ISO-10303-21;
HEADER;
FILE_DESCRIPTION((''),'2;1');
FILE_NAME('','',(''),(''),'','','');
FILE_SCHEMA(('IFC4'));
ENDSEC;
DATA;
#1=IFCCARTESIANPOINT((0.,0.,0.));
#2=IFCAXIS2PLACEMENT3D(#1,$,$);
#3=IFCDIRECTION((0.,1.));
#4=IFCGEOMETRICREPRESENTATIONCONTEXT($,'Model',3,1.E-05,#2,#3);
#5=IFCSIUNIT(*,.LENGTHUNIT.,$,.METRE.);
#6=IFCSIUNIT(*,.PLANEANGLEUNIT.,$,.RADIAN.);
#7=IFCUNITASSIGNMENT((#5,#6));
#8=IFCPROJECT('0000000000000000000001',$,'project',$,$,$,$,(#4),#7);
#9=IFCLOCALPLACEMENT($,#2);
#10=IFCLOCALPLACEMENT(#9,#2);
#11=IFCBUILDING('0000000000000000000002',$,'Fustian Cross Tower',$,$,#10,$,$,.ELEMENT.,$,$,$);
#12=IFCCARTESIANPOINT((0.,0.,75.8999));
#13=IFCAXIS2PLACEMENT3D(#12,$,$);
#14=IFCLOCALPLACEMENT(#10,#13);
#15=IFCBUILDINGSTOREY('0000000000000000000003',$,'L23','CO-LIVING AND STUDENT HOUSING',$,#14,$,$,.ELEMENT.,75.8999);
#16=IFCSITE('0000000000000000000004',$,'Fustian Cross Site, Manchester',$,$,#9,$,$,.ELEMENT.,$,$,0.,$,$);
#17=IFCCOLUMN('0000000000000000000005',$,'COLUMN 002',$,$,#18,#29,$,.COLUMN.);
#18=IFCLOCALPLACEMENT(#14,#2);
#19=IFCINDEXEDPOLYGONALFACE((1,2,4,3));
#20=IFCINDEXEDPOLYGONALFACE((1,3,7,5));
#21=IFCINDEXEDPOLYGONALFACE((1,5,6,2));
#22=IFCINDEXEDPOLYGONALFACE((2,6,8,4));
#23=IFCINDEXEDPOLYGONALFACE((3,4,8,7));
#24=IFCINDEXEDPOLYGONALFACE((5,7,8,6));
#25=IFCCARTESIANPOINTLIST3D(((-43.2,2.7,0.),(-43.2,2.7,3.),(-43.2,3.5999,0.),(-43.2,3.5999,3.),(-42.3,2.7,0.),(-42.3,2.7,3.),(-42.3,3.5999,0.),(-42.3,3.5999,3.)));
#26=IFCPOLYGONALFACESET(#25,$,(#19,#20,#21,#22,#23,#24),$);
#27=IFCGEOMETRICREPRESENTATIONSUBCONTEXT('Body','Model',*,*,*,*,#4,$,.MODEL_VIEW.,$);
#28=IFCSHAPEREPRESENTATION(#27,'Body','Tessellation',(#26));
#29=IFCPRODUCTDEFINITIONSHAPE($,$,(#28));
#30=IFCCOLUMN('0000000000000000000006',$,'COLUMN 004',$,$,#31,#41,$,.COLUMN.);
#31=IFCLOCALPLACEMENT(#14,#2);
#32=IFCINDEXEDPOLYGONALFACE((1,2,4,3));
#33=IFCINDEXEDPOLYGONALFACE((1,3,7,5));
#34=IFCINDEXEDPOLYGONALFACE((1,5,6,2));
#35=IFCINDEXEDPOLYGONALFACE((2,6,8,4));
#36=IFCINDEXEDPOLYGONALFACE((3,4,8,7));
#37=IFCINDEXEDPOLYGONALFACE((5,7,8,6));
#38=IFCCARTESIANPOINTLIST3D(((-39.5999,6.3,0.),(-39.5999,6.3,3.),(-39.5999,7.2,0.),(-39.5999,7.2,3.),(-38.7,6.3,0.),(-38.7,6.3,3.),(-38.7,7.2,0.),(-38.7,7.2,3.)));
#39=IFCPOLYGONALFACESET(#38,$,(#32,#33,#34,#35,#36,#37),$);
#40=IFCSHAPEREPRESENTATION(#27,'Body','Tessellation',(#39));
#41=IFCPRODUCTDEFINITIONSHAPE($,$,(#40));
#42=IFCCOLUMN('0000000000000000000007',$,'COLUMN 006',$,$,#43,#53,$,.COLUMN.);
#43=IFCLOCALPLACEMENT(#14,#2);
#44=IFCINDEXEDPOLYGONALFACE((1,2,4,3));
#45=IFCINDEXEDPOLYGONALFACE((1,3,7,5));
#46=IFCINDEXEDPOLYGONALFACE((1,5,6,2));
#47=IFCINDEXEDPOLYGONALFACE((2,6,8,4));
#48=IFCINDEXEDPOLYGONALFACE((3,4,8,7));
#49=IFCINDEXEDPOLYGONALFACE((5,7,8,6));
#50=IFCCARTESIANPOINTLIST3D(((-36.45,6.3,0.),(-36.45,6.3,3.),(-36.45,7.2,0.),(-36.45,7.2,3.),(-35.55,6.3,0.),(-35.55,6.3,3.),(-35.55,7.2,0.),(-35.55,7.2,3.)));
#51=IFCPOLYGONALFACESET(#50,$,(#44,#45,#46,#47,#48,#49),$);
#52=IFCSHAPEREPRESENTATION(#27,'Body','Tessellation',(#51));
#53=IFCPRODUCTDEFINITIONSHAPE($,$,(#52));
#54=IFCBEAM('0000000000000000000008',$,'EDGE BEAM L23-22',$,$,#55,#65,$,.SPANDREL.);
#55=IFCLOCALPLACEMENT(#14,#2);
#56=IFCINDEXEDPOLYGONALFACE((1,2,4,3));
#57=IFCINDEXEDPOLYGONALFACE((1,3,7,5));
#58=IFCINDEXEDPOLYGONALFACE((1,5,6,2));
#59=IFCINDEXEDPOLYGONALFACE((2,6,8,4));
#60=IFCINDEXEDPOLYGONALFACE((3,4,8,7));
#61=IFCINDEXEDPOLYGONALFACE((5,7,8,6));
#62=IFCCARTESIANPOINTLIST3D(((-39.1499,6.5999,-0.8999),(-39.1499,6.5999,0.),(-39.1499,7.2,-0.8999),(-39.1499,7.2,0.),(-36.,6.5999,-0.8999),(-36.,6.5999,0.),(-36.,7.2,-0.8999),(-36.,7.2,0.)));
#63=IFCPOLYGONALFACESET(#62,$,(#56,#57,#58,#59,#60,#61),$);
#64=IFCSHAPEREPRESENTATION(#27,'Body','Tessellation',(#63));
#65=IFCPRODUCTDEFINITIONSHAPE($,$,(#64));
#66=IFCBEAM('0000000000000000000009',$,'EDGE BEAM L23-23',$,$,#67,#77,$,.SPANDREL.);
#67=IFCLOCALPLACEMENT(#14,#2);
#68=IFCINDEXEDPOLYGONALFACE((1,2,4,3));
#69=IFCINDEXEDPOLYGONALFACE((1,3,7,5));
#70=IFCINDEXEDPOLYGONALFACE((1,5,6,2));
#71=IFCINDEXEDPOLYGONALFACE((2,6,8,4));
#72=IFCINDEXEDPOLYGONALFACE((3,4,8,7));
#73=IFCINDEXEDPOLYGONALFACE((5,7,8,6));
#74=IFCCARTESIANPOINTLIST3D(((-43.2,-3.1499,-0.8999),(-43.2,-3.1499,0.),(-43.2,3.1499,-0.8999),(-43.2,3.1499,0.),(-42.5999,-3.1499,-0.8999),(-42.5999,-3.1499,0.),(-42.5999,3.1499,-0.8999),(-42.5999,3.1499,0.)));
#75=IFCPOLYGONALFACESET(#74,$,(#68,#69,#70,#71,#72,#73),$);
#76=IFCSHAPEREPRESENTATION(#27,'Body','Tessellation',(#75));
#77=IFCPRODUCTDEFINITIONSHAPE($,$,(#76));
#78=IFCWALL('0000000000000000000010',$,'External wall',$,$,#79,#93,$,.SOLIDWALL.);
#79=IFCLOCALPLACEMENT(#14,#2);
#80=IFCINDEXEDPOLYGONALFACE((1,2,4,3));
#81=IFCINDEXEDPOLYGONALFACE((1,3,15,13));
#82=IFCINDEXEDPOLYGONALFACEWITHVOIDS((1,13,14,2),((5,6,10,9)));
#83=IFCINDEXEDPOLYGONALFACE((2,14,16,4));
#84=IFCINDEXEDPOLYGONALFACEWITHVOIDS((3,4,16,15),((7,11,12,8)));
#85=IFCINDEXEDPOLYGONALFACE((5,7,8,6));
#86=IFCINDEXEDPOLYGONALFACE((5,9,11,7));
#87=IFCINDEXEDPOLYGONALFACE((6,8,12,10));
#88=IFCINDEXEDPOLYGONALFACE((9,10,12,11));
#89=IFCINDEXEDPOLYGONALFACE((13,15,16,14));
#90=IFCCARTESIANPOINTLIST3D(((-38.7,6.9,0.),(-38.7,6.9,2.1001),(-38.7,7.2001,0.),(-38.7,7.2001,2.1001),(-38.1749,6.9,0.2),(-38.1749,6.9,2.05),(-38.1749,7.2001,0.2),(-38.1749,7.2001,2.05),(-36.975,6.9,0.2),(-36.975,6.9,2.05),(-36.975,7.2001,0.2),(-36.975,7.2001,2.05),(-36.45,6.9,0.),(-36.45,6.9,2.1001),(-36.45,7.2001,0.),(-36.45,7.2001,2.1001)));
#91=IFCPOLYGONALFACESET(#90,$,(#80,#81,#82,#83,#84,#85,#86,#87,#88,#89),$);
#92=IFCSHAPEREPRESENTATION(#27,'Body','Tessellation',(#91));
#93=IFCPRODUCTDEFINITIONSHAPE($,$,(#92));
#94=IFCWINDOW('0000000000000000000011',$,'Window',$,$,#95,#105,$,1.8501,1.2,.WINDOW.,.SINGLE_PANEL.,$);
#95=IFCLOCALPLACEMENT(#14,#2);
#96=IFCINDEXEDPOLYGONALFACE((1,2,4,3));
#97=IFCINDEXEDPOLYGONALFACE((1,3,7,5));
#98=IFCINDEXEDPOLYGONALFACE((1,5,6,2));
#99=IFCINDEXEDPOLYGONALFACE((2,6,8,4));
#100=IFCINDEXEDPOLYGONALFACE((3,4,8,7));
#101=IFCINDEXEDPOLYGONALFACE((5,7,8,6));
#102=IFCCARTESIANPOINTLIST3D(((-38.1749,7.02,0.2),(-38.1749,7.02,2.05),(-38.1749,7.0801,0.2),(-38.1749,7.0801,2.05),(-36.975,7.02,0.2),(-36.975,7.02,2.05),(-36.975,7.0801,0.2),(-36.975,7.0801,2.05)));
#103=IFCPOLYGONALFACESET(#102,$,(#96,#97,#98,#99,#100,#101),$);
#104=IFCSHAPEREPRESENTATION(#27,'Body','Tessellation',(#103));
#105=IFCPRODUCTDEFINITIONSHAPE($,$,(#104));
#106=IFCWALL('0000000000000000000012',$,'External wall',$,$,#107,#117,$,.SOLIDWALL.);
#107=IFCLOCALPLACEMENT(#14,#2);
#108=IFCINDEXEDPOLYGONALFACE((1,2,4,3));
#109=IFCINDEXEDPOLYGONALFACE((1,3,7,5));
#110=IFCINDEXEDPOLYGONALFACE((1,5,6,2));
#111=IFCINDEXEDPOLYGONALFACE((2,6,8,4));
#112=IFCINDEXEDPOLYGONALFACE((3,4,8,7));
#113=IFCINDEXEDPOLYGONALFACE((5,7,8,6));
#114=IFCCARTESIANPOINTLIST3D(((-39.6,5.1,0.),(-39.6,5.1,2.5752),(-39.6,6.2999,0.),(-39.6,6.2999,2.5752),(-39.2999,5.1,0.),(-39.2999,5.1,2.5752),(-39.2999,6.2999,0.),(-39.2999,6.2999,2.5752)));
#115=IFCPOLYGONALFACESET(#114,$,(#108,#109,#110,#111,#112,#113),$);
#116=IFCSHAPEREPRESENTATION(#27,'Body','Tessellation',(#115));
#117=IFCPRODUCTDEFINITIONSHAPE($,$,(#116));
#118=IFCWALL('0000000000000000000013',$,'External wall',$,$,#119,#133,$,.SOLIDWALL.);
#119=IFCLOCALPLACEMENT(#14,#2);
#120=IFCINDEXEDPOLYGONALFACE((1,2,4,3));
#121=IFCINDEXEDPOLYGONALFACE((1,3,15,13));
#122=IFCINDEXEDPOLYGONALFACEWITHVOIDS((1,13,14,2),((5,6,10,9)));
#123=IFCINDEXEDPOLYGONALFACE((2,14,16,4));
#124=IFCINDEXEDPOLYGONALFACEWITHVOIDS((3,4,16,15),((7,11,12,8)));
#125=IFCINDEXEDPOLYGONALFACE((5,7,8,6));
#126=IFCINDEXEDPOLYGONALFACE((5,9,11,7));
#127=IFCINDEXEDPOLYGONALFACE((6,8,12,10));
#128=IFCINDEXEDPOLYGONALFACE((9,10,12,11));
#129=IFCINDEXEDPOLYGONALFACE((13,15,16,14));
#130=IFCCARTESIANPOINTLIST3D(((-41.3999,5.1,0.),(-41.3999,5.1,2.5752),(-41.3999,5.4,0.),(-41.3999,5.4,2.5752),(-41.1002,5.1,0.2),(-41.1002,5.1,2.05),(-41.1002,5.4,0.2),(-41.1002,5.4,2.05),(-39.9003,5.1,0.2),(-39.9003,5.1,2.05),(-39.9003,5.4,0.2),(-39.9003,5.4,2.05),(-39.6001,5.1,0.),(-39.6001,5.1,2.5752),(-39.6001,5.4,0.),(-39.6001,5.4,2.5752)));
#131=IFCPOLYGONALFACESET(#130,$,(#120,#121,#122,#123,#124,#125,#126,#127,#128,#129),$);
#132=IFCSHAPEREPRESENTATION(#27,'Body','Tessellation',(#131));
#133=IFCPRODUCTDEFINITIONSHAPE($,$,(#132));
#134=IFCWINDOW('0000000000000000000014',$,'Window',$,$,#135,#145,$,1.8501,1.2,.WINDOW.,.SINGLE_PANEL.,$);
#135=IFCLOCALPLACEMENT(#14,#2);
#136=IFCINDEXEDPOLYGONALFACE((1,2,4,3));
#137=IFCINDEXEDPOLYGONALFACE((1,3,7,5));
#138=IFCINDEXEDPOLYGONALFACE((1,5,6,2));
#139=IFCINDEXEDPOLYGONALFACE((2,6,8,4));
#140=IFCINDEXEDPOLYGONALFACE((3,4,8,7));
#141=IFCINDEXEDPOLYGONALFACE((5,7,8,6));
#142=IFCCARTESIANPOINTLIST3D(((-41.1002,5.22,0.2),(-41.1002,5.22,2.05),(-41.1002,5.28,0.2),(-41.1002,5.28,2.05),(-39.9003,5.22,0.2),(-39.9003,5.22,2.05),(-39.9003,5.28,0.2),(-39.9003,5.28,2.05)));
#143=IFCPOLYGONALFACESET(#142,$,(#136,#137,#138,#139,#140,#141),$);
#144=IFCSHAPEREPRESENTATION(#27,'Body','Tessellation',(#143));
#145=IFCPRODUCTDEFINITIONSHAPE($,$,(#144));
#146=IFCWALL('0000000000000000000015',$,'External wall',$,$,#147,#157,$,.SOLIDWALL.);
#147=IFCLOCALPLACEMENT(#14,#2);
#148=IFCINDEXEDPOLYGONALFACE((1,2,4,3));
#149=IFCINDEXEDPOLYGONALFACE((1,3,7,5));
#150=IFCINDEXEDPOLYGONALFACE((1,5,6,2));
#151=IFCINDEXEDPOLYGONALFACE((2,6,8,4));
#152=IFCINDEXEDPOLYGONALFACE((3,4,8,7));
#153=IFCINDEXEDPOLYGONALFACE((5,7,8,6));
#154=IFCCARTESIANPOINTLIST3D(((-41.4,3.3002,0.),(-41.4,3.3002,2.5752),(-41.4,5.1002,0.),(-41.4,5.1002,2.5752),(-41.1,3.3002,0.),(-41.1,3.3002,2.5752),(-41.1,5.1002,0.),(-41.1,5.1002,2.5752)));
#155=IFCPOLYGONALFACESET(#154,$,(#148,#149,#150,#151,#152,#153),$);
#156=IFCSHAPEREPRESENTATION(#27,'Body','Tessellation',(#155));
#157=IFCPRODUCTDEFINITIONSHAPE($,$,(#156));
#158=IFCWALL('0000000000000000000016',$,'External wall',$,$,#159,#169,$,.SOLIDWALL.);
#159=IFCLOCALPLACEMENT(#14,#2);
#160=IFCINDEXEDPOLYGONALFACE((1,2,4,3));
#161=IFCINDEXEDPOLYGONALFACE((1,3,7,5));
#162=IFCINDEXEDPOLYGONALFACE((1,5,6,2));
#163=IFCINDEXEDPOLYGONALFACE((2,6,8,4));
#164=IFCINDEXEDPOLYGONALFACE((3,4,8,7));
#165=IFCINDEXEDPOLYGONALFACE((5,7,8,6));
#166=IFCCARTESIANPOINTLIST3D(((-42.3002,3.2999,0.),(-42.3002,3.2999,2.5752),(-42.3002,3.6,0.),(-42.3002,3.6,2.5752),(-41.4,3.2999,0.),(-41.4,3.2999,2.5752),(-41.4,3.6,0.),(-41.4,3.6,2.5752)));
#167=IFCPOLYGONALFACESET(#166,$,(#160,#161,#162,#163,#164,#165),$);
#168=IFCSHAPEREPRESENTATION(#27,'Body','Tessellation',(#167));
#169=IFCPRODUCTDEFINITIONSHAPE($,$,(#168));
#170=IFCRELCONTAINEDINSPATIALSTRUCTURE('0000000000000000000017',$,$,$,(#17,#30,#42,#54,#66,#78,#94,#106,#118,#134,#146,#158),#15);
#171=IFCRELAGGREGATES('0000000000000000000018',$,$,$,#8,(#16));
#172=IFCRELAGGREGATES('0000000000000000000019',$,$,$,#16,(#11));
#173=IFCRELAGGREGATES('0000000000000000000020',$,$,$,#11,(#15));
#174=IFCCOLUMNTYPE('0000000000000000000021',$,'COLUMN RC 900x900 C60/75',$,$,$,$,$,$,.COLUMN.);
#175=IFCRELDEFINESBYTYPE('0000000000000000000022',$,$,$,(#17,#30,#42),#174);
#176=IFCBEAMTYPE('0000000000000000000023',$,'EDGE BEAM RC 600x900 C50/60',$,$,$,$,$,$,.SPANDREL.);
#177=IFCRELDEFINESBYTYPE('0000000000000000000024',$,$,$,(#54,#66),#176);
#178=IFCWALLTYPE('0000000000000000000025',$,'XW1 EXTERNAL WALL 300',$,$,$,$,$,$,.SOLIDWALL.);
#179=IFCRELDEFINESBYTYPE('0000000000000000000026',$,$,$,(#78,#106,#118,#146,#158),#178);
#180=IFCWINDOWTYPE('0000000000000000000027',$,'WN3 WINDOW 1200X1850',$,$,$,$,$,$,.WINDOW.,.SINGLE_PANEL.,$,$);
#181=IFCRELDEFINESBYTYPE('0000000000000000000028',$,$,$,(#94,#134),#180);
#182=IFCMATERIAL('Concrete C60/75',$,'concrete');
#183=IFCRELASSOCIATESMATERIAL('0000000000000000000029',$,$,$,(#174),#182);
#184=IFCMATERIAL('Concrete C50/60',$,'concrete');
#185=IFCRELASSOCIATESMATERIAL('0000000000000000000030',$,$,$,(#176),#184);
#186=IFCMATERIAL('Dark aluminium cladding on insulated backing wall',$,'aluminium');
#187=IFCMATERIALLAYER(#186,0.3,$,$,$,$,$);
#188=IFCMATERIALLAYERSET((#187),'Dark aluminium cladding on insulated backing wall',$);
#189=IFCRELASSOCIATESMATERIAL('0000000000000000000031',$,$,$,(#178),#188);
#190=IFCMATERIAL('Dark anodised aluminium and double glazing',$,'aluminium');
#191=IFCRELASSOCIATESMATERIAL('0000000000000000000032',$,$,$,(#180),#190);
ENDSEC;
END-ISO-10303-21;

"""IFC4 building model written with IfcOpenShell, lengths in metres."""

from ifc_helpers import new_model, si_unit, direction, frame, frame_2d, origin, origin_2d, place, context, subcontext, project, spatial, rectangle, extrude, material, layer, layer_set, material_profile, profile_set, type_object, element, fill, save


model = new_model("IFC4")

# Units and contexts
model_context = context("Model", 3, precision=1e-05, world=origin(), true_north=direction((0.0, 1.0)))
body_context = subcontext(model_context, "Body", "Model", "MODEL_VIEW")
ifc_project = project(units=[si_unit("LENGTHUNIT", "METRE"), si_unit("PLANEANGLEUNIT", "RADIAN")], contexts=[model_context])

# Site, building, storey
site_placement = place(None, origin())
site = spatial("IfcSite", under=ifc_project, at=site_placement, Name="Fustian Cross Site, Manchester", CompositionType="ELEMENT", RefElevation=0.0)
building_placement = place(site_placement, origin())
building = spatial("IfcBuilding", under=site, at=building_placement, Name="Fustian Cross Tower", CompositionType="ELEMENT")
storey_placement = place(building_placement, frame((0.0, 0.0, 75.8999)))
storey = spatial("IfcBuildingStorey", under=building, at=storey_placement, Name="L23", Description="CO-LIVING AND STUDENT HOUSING", CompositionType="ELEMENT", Elevation=75.8999)

# Columns
ifc_material_1 = material(Name="Concrete C60/75", Category="concrete")
ifc_material_profile_1 = material_profile(ifc_material_1, rectangle(XDim=0.8999, YDim=0.8999, at=origin_2d()), Name="RC 900x900")
ifc_profile_set_1 = profile_set([ifc_material_profile_1], Name="Concrete C60/75")
column_type = type_object("IfcColumnType", Name="COLUMN RC 900x900 C60/75", PredefinedType="COLUMN", material=ifc_profile_set_1)
for number, where, z_axis, x_axis, name in (
    (1, (-42.75, 3.1499, 0.0), (0.0, 0.0, 1.0), (1.0, 0.0, 0.0), "COLUMN 002"),
    (2, (-39.1499, 6.75, 0.0), (0.0, 0.0, 1.0), (1.0, 0.0, 0.0), "COLUMN 004"),
    (3, (-36.0, 6.75, 0.0), (0.0, 0.0, 1.0), (1.0, 0.0, 0.0), "COLUMN 006"),
):
    element("IfcColumn", number, at=place(storey_placement, frame(where, z_axis=z_axis, x_axis=x_axis)), inside=storey, type_object=column_type, Name=name, PredefinedType="COLUMN", context=body_context, shape_type="SweptSolid", body=[
        extrude(rectangle(XDim=0.8999, YDim=0.8999, at=origin_2d()), origin(), (0.0, 0.0, 1.0), 3.0),
    ])

# Beams
ifc_material_2 = material(Name="Concrete C50/60", Category="concrete")
ifc_material_profile_2 = material_profile(ifc_material_2, rectangle(XDim=0.6001, YDim=0.8999, at=origin_2d()), Name="RC 600x900")
ifc_profile_set_2 = profile_set([ifc_material_profile_2], Name="Concrete C50/60")
beam_type = type_object("IfcBeamType", Name="EDGE BEAM RC 600x900 C50/60", PredefinedType="SPANDREL", material=ifc_profile_set_2)
beam_1_placement = place(storey_placement, frame((-36.0, 6.8999, -0.45), z_axis=(-1.0, 0.0, 0.0), x_axis=(0.0, -1.0, 0.0)))
element("IfcBeam", 4, at=beam_1_placement, inside=storey, type_object=beam_type, Name="EDGE BEAM L23-22", PredefinedType="SPANDREL", context=body_context, shape_type="SweptSolid", body=[
    extrude(rectangle(XDim=0.6001, YDim=0.8999, at=origin_2d()), origin(), (0.0, 0.0, 1.0), 3.1499),
])
beam_2_placement = place(storey_placement, frame((-42.8999, 3.1499, -0.45), z_axis=(0.0, -1.0, 0.0), x_axis=(1.0, 0.0, 0.0)))
element("IfcBeam", 5, at=beam_2_placement, inside=storey, type_object=beam_type, Name="EDGE BEAM L23-23", PredefinedType="SPANDREL", context=body_context, shape_type="SweptSolid", body=[
    extrude(rectangle(XDim=0.6001, YDim=0.8999, at=origin_2d()), origin(), (0.0, 0.0, 1.0), 6.2998),
])

# Wall, opening, window
ifc_material_3 = material(Name="Dark aluminium cladding on insulated backing wall", Category="aluminium")
ifc_layer = layer(ifc_material_3, 0.3)
ifc_layer_set = layer_set([ifc_layer], Name="Dark aluminium cladding on insulated backing wall")
wall_type = type_object("IfcWallType", Name="XW1 EXTERNAL WALL 300", PredefinedType="SOLIDWALL", material=ifc_layer_set)
wall_1_placement = place(storey_placement, frame((-36.45, 7.05, 0.0), z_axis=(0.0, 0.0, 1.0), x_axis=(-1.0, 0.0, 0.0)))
wall_1 = element("IfcWall", 6, at=wall_1_placement, inside=storey, type_object=wall_type, Name="External wall", PredefinedType="SOLIDWALL", context=body_context, shape_type="SweptSolid", body=[
    extrude(rectangle(XDim=2.25, YDim=0.3, at=frame_2d((1.125, 0.0))), origin(), (0.0, 0.0, 1.0), 2.1001),
])
opening_1_placement = place(wall_1_placement, frame((0.5249, 0.0, 0.2)))
opening_1 = element("IfcOpeningElement", 7, at=opening_1_placement, cuts=wall_1, PredefinedType="OPENING", context=body_context, shape_type="SweptSolid", body=[
    extrude(rectangle(XDim=1.2, YDim=1.8501, at=frame_2d((0.6001, 0.925))), frame((0.0, 0.1599, 0.0), z_axis=(0.0, -1.0, 0.0), x_axis=(1.0, 0.0, 0.0)), (0.0, 0.0, 1.0), 0.3201),
])
ifc_material_4 = material(Name="Dark anodised aluminium and double glazing", Category="aluminium")
window_type_1 = type_object("IfcWindowType", Name="WN3 WINDOW 1200X1850", PartitioningType="SINGLE_PANEL", PredefinedType="WINDOW", material=ifc_material_4)
window_1_placement = place(opening_1_placement, origin())
window_1 = element("IfcWindow", 8, at=window_1_placement, inside=storey, type_object=window_type_1, Name="Window", OverallHeight=1.8501, OverallWidth=1.2, PartitioningType="SINGLE_PANEL", PredefinedType="WINDOW", context=body_context, shape_type="SweptSolid", body=[
    extrude(rectangle(XDim=1.2, YDim=1.8501, at=frame_2d((0.6001, 0.925))), frame((0.0, 0.03, 0.0), z_axis=(0.0, -1.0, 0.0), x_axis=(1.0, 0.0, 0.0)), (0.0, 0.0, 1.0), 0.0601),
])
fill(opening_1, window_1)

# Wall
wall_2_placement = place(storey_placement, frame((-39.45, 6.3, 0.0), z_axis=(0.0, 0.0, 1.0), x_axis=(0.0, -1.0, 0.0)))
element("IfcWall", 9, at=wall_2_placement, inside=storey, type_object=wall_type, Name="External wall", PredefinedType="SOLIDWALL", context=body_context, shape_type="SweptSolid", body=[
    extrude(rectangle(XDim=1.2, YDim=0.3, at=frame_2d((0.6001, 0.0))), origin(), (0.0, 0.0, 1.0), 2.5752),
])

# Wall, opening, window
wall_3_placement = place(storey_placement, frame((-39.6001, 5.25, 0.0), z_axis=(0.0, 0.0, 1.0), x_axis=(-1.0, 0.0, 0.0)))
wall_3 = element("IfcWall", 10, at=wall_3_placement, inside=storey, type_object=wall_type, Name="External wall", PredefinedType="SOLIDWALL", context=body_context, shape_type="SweptSolid", body=[
    extrude(rectangle(XDim=1.7998, YDim=0.3, at=frame_2d((0.8999, 0.0))), origin(), (0.0, 0.0, 1.0), 2.5752),
])
opening_2_placement = place(wall_3_placement, frame((0.3, 0.0, 0.2)))
opening_2 = element("IfcOpeningElement", 11, at=opening_2_placement, cuts=wall_3, PredefinedType="OPENING", context=body_context, shape_type="SweptSolid", body=[
    extrude(rectangle(XDim=1.2, YDim=1.8501, at=frame_2d((0.6001, 0.925))), frame((0.0, 0.1599, 0.0), z_axis=(0.0, -1.0, 0.0), x_axis=(1.0, 0.0, 0.0)), (0.0, 0.0, 1.0), 0.3201),
])
window_2_placement = place(opening_2_placement, origin())
window_2 = element("IfcWindow", 12, at=window_2_placement, inside=storey, type_object=window_type_1, Name="Window", OverallHeight=1.8501, OverallWidth=1.2, PartitioningType="SINGLE_PANEL", PredefinedType="WINDOW", context=body_context, shape_type="SweptSolid", body=[
    extrude(rectangle(XDim=1.2, YDim=1.8501, at=frame_2d((0.6001, 0.925))), frame((0.0, 0.03, 0.0), z_axis=(0.0, -1.0, 0.0), x_axis=(1.0, 0.0, 0.0)), (0.0, 0.0, 1.0), 0.0601),
])
fill(opening_2, window_2)

# Walls
wall_4_placement = place(storey_placement, frame((-41.25, 5.1001, 0.0), z_axis=(0.0, 0.0, 1.0), x_axis=(0.0, -1.0, 0.0)))
element("IfcWall", 13, at=wall_4_placement, inside=storey, type_object=wall_type, Name="External wall", PredefinedType="SOLIDWALL", context=body_context, shape_type="SweptSolid", body=[
    extrude(rectangle(XDim=1.8, YDim=0.3, at=frame_2d((0.8999, 0.0))), origin(), (0.0, 0.0, 1.0), 2.5752),
])
wall_5_placement = place(storey_placement, frame((-41.3999, 3.45, 0.0), z_axis=(0.0, 0.0, 1.0), x_axis=(-1.0, 0.0, 0.0)))
element("IfcWall", 14, at=wall_5_placement, inside=storey, type_object=wall_type, Name="External wall", PredefinedType="SOLIDWALL", context=body_context, shape_type="SweptSolid", body=[
    extrude(rectangle(XDim=0.9001, YDim=0.3, at=frame_2d((0.4502, 0.0))), origin(), (0.0, 0.0, 1.0), 2.5752),
])

save(model, "model.ifc")
